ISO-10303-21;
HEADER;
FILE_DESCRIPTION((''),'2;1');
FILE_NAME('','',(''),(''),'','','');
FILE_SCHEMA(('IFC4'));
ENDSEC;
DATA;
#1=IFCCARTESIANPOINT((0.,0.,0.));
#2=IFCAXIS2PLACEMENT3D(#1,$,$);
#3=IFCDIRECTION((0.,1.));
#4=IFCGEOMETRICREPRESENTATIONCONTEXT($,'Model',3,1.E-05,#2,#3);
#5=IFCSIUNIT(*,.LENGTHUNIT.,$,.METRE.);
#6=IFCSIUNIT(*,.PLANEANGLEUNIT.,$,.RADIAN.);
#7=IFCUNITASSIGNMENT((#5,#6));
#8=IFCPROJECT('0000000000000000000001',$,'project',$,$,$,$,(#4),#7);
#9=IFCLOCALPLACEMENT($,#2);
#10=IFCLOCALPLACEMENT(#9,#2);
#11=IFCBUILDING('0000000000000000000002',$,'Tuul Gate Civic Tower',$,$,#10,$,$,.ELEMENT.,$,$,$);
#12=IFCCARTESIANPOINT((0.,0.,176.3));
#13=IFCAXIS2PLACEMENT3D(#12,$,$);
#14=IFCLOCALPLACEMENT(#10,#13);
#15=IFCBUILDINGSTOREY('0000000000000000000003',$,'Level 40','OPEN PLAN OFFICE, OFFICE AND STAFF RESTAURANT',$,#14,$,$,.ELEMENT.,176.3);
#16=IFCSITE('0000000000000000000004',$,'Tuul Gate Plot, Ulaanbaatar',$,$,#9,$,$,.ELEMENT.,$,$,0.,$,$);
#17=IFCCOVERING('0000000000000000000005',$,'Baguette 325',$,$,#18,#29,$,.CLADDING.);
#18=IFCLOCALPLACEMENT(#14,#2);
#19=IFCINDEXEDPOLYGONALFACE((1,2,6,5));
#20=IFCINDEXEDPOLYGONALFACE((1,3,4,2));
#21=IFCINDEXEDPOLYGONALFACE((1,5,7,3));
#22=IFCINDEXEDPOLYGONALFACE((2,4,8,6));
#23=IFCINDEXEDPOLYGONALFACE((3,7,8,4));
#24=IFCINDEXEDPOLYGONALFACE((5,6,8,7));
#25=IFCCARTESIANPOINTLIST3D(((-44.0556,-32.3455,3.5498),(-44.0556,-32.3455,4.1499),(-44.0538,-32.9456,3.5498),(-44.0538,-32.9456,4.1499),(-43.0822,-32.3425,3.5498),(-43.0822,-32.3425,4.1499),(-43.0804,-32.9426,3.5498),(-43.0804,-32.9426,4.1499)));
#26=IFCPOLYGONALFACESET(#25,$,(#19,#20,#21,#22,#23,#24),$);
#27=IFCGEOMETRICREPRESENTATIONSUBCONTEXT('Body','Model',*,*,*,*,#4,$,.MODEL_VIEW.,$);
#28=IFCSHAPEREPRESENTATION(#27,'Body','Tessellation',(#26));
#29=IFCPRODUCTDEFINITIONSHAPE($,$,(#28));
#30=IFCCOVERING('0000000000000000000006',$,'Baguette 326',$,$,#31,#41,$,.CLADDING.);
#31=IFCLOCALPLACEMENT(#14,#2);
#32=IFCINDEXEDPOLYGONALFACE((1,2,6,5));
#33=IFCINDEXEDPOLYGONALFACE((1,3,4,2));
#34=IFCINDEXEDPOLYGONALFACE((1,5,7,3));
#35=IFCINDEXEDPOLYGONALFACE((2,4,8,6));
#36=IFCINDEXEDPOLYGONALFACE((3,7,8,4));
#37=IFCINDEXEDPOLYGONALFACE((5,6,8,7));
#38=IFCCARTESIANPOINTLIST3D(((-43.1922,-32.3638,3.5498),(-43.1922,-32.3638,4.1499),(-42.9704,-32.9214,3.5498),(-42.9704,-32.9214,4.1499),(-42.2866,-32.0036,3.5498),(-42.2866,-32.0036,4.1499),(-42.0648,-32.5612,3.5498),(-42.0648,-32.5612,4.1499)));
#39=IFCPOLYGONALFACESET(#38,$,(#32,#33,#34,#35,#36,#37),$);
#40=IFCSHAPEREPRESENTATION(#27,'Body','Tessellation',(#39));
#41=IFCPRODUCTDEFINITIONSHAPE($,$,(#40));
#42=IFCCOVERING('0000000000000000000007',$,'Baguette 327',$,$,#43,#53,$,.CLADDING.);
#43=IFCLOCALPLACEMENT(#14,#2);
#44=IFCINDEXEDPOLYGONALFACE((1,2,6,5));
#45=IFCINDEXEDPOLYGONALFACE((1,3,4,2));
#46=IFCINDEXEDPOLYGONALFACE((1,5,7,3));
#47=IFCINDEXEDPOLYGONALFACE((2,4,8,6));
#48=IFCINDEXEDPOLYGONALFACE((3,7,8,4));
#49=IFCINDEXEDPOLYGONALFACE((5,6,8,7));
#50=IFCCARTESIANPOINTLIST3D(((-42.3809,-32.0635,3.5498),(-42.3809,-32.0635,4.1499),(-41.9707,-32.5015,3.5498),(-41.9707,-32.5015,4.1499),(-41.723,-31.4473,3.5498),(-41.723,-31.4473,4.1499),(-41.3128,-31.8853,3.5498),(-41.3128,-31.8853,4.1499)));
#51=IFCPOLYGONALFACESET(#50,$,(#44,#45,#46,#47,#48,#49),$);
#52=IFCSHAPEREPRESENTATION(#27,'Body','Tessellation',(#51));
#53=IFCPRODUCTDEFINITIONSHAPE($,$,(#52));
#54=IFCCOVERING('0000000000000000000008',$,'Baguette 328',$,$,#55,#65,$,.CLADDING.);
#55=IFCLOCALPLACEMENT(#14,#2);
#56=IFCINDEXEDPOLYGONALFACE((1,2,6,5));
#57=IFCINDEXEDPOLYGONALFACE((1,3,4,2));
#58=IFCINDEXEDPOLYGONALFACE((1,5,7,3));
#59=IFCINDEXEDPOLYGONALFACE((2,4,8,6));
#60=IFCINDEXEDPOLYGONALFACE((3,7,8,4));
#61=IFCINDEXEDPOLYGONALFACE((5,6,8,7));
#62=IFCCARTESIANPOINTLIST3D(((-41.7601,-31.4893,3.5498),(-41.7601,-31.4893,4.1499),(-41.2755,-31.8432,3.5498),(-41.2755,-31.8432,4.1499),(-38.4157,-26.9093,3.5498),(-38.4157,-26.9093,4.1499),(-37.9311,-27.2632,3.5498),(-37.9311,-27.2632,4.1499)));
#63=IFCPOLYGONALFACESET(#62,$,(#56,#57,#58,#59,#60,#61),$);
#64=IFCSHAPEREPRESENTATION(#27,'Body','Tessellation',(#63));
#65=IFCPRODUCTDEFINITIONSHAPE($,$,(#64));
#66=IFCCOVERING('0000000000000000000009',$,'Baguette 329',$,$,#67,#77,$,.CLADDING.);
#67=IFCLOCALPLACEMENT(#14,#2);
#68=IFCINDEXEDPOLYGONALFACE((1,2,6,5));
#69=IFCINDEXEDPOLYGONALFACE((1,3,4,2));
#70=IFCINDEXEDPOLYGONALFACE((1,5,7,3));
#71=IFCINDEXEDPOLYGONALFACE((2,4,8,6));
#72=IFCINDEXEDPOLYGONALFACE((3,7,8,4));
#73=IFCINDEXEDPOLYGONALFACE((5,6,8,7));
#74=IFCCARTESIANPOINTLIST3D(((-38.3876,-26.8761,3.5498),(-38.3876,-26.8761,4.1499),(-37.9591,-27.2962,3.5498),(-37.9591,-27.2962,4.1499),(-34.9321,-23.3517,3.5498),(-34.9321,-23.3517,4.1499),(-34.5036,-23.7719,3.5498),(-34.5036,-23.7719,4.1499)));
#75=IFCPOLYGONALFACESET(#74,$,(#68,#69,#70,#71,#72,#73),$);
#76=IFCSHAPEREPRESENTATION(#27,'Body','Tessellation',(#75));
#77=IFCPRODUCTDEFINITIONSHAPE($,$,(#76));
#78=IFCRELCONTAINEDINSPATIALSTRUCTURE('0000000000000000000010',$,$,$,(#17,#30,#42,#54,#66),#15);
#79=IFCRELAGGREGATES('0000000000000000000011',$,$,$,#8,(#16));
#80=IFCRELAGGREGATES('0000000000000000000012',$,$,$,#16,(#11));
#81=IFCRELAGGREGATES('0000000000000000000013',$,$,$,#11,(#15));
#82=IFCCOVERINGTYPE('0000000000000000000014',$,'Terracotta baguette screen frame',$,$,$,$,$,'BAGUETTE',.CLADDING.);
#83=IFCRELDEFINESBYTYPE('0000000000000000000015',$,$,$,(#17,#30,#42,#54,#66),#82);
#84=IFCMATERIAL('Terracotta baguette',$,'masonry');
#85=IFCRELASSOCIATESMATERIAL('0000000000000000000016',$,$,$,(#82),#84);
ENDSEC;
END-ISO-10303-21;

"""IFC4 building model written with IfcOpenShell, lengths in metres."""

from ifc_helpers import new_model, si_unit, direction, frame, origin, origin_2d, place, context, subcontext, project, spatial, rectangle, extrude, material, material_profile, profile_set, type_object, element, save


model = new_model("IFC4")

# Units and contexts
model_context = context("Model", 3, precision=1e-05, world=origin(), true_north=direction((0.0, 1.0)))
body_context = subcontext(model_context, "Body", "Model", "MODEL_VIEW")
ifc_project = project(units=[si_unit("LENGTHUNIT", "METRE"), si_unit("PLANEANGLEUNIT", "RADIAN")], contexts=[model_context])

# Site, building, storey
site_placement = place(None, origin())
site = spatial("IfcSite", under=ifc_project, at=site_placement, Name="Tuul Gate Plot, Ulaanbaatar", CompositionType="ELEMENT", RefElevation=0.0)
building_placement = place(site_placement, origin())
building = spatial("IfcBuilding", under=site, at=building_placement, Name="Tuul Gate Civic Tower", CompositionType="ELEMENT")
storey_placement = place(building_placement, frame((0.0, 0.0, 176.3)))
storey = spatial("IfcBuildingStorey", under=building, at=storey_placement, Name="Level 40", Description="OPEN PLAN OFFICE, OFFICE AND STAFF RESTAURANT", CompositionType="ELEMENT", Elevation=176.3)

# Coverings
ifc_material_1 = material(Name="Terracotta baguette", Category="masonry")
ifc_material_profile_1 = material_profile(ifc_material_1, rectangle(XDim=0.6001, YDim=0.6001, at=origin_2d()), Name="Terracotta baguette screen frame")
ifc_profile_set_1 = profile_set([ifc_material_profile_1], Name="Terracotta baguette")
covering_type = type_object("IfcCoveringType", Name="Terracotta baguette screen frame", ElementType="BAGUETTE", PredefinedType="CLADDING", material=ifc_profile_set_1)
covering_1_placement = place(storey_placement, frame((-44.0547, -32.6455, 3.8499), z_axis=(0.999995, 0.00301, 0.0), x_axis=(-0.00301, 0.999995, 0.0)))
element("IfcCovering", 1, at=covering_1_placement, inside=storey, type_object=covering_type, Name="Baguette 325", PredefinedType="CLADDING", context=body_context, shape_type="SweptSolid", body=[
    extrude(rectangle(XDim=0.6001, YDim=0.6001, at=origin_2d()), origin(), (0.0, 0.0, 1.0), 0.9734),
])
covering_2_placement = place(storey_placement, frame((-43.0813, -32.6426, 3.8499), z_axis=(0.929218, 0.369533, 0.0), x_axis=(-0.369533, 0.929218, 0.0)))
element("IfcCovering", 2, at=covering_2_placement, inside=storey, type_object=covering_type, Name="Baguette 326", PredefinedType="CLADDING", context=body_context, shape_type="SweptSolid", body=[
    extrude(rectangle(XDim=0.6001, YDim=0.6001, at=origin_2d()), origin(), (0.0, 0.0, 1.0), 0.9746),
])
covering_3_placement = place(storey_placement, frame((-42.1758, -32.2825, 3.8499), z_axis=(0.729883, 0.683572, 0.0), x_axis=(-0.683572, 0.729883, 0.0)))
element("IfcCovering", 3, at=covering_3_placement, inside=storey, type_object=covering_type, Name="Baguette 327", PredefinedType="CLADDING", context=body_context, shape_type="SweptSolid", body=[
    extrude(rectangle(XDim=0.6001, YDim=0.6001, at=origin_2d()), origin(), (0.0, 0.0, 1.0), 0.9014),
])
covering_4_placement = place(storey_placement, frame((-41.5178, -31.6663, 3.8499), z_axis=(0.589729, 0.807601, 0.0), x_axis=(-0.807601, 0.589729, 0.0)))
element("IfcCovering", 4, at=covering_4_placement, inside=storey, type_object=covering_type, Name="Baguette 328", PredefinedType="CLADDING", context=body_context, shape_type="SweptSolid", body=[
    extrude(rectangle(XDim=0.6001, YDim=0.6001, at=origin_2d()), origin(), (0.0, 0.0, 1.0), 5.6711),
])
covering_5_placement = place(storey_placement, frame((-38.1733, -27.0862, 3.8499), z_axis=(0.700098, 0.714047, 0.0), x_axis=(-0.714047, 0.700098, 0.0)))
element("IfcCovering", 5, at=covering_5_placement, inside=storey, type_object=covering_type, Name="Baguette 329", PredefinedType="CLADDING", context=body_context, shape_type="SweptSolid", body=[
    extrude(rectangle(XDim=0.6001, YDim=0.6001, at=origin_2d()), origin(), (0.0, 0.0, 1.0), 4.9358),
])

save(model, "model.ifc")
